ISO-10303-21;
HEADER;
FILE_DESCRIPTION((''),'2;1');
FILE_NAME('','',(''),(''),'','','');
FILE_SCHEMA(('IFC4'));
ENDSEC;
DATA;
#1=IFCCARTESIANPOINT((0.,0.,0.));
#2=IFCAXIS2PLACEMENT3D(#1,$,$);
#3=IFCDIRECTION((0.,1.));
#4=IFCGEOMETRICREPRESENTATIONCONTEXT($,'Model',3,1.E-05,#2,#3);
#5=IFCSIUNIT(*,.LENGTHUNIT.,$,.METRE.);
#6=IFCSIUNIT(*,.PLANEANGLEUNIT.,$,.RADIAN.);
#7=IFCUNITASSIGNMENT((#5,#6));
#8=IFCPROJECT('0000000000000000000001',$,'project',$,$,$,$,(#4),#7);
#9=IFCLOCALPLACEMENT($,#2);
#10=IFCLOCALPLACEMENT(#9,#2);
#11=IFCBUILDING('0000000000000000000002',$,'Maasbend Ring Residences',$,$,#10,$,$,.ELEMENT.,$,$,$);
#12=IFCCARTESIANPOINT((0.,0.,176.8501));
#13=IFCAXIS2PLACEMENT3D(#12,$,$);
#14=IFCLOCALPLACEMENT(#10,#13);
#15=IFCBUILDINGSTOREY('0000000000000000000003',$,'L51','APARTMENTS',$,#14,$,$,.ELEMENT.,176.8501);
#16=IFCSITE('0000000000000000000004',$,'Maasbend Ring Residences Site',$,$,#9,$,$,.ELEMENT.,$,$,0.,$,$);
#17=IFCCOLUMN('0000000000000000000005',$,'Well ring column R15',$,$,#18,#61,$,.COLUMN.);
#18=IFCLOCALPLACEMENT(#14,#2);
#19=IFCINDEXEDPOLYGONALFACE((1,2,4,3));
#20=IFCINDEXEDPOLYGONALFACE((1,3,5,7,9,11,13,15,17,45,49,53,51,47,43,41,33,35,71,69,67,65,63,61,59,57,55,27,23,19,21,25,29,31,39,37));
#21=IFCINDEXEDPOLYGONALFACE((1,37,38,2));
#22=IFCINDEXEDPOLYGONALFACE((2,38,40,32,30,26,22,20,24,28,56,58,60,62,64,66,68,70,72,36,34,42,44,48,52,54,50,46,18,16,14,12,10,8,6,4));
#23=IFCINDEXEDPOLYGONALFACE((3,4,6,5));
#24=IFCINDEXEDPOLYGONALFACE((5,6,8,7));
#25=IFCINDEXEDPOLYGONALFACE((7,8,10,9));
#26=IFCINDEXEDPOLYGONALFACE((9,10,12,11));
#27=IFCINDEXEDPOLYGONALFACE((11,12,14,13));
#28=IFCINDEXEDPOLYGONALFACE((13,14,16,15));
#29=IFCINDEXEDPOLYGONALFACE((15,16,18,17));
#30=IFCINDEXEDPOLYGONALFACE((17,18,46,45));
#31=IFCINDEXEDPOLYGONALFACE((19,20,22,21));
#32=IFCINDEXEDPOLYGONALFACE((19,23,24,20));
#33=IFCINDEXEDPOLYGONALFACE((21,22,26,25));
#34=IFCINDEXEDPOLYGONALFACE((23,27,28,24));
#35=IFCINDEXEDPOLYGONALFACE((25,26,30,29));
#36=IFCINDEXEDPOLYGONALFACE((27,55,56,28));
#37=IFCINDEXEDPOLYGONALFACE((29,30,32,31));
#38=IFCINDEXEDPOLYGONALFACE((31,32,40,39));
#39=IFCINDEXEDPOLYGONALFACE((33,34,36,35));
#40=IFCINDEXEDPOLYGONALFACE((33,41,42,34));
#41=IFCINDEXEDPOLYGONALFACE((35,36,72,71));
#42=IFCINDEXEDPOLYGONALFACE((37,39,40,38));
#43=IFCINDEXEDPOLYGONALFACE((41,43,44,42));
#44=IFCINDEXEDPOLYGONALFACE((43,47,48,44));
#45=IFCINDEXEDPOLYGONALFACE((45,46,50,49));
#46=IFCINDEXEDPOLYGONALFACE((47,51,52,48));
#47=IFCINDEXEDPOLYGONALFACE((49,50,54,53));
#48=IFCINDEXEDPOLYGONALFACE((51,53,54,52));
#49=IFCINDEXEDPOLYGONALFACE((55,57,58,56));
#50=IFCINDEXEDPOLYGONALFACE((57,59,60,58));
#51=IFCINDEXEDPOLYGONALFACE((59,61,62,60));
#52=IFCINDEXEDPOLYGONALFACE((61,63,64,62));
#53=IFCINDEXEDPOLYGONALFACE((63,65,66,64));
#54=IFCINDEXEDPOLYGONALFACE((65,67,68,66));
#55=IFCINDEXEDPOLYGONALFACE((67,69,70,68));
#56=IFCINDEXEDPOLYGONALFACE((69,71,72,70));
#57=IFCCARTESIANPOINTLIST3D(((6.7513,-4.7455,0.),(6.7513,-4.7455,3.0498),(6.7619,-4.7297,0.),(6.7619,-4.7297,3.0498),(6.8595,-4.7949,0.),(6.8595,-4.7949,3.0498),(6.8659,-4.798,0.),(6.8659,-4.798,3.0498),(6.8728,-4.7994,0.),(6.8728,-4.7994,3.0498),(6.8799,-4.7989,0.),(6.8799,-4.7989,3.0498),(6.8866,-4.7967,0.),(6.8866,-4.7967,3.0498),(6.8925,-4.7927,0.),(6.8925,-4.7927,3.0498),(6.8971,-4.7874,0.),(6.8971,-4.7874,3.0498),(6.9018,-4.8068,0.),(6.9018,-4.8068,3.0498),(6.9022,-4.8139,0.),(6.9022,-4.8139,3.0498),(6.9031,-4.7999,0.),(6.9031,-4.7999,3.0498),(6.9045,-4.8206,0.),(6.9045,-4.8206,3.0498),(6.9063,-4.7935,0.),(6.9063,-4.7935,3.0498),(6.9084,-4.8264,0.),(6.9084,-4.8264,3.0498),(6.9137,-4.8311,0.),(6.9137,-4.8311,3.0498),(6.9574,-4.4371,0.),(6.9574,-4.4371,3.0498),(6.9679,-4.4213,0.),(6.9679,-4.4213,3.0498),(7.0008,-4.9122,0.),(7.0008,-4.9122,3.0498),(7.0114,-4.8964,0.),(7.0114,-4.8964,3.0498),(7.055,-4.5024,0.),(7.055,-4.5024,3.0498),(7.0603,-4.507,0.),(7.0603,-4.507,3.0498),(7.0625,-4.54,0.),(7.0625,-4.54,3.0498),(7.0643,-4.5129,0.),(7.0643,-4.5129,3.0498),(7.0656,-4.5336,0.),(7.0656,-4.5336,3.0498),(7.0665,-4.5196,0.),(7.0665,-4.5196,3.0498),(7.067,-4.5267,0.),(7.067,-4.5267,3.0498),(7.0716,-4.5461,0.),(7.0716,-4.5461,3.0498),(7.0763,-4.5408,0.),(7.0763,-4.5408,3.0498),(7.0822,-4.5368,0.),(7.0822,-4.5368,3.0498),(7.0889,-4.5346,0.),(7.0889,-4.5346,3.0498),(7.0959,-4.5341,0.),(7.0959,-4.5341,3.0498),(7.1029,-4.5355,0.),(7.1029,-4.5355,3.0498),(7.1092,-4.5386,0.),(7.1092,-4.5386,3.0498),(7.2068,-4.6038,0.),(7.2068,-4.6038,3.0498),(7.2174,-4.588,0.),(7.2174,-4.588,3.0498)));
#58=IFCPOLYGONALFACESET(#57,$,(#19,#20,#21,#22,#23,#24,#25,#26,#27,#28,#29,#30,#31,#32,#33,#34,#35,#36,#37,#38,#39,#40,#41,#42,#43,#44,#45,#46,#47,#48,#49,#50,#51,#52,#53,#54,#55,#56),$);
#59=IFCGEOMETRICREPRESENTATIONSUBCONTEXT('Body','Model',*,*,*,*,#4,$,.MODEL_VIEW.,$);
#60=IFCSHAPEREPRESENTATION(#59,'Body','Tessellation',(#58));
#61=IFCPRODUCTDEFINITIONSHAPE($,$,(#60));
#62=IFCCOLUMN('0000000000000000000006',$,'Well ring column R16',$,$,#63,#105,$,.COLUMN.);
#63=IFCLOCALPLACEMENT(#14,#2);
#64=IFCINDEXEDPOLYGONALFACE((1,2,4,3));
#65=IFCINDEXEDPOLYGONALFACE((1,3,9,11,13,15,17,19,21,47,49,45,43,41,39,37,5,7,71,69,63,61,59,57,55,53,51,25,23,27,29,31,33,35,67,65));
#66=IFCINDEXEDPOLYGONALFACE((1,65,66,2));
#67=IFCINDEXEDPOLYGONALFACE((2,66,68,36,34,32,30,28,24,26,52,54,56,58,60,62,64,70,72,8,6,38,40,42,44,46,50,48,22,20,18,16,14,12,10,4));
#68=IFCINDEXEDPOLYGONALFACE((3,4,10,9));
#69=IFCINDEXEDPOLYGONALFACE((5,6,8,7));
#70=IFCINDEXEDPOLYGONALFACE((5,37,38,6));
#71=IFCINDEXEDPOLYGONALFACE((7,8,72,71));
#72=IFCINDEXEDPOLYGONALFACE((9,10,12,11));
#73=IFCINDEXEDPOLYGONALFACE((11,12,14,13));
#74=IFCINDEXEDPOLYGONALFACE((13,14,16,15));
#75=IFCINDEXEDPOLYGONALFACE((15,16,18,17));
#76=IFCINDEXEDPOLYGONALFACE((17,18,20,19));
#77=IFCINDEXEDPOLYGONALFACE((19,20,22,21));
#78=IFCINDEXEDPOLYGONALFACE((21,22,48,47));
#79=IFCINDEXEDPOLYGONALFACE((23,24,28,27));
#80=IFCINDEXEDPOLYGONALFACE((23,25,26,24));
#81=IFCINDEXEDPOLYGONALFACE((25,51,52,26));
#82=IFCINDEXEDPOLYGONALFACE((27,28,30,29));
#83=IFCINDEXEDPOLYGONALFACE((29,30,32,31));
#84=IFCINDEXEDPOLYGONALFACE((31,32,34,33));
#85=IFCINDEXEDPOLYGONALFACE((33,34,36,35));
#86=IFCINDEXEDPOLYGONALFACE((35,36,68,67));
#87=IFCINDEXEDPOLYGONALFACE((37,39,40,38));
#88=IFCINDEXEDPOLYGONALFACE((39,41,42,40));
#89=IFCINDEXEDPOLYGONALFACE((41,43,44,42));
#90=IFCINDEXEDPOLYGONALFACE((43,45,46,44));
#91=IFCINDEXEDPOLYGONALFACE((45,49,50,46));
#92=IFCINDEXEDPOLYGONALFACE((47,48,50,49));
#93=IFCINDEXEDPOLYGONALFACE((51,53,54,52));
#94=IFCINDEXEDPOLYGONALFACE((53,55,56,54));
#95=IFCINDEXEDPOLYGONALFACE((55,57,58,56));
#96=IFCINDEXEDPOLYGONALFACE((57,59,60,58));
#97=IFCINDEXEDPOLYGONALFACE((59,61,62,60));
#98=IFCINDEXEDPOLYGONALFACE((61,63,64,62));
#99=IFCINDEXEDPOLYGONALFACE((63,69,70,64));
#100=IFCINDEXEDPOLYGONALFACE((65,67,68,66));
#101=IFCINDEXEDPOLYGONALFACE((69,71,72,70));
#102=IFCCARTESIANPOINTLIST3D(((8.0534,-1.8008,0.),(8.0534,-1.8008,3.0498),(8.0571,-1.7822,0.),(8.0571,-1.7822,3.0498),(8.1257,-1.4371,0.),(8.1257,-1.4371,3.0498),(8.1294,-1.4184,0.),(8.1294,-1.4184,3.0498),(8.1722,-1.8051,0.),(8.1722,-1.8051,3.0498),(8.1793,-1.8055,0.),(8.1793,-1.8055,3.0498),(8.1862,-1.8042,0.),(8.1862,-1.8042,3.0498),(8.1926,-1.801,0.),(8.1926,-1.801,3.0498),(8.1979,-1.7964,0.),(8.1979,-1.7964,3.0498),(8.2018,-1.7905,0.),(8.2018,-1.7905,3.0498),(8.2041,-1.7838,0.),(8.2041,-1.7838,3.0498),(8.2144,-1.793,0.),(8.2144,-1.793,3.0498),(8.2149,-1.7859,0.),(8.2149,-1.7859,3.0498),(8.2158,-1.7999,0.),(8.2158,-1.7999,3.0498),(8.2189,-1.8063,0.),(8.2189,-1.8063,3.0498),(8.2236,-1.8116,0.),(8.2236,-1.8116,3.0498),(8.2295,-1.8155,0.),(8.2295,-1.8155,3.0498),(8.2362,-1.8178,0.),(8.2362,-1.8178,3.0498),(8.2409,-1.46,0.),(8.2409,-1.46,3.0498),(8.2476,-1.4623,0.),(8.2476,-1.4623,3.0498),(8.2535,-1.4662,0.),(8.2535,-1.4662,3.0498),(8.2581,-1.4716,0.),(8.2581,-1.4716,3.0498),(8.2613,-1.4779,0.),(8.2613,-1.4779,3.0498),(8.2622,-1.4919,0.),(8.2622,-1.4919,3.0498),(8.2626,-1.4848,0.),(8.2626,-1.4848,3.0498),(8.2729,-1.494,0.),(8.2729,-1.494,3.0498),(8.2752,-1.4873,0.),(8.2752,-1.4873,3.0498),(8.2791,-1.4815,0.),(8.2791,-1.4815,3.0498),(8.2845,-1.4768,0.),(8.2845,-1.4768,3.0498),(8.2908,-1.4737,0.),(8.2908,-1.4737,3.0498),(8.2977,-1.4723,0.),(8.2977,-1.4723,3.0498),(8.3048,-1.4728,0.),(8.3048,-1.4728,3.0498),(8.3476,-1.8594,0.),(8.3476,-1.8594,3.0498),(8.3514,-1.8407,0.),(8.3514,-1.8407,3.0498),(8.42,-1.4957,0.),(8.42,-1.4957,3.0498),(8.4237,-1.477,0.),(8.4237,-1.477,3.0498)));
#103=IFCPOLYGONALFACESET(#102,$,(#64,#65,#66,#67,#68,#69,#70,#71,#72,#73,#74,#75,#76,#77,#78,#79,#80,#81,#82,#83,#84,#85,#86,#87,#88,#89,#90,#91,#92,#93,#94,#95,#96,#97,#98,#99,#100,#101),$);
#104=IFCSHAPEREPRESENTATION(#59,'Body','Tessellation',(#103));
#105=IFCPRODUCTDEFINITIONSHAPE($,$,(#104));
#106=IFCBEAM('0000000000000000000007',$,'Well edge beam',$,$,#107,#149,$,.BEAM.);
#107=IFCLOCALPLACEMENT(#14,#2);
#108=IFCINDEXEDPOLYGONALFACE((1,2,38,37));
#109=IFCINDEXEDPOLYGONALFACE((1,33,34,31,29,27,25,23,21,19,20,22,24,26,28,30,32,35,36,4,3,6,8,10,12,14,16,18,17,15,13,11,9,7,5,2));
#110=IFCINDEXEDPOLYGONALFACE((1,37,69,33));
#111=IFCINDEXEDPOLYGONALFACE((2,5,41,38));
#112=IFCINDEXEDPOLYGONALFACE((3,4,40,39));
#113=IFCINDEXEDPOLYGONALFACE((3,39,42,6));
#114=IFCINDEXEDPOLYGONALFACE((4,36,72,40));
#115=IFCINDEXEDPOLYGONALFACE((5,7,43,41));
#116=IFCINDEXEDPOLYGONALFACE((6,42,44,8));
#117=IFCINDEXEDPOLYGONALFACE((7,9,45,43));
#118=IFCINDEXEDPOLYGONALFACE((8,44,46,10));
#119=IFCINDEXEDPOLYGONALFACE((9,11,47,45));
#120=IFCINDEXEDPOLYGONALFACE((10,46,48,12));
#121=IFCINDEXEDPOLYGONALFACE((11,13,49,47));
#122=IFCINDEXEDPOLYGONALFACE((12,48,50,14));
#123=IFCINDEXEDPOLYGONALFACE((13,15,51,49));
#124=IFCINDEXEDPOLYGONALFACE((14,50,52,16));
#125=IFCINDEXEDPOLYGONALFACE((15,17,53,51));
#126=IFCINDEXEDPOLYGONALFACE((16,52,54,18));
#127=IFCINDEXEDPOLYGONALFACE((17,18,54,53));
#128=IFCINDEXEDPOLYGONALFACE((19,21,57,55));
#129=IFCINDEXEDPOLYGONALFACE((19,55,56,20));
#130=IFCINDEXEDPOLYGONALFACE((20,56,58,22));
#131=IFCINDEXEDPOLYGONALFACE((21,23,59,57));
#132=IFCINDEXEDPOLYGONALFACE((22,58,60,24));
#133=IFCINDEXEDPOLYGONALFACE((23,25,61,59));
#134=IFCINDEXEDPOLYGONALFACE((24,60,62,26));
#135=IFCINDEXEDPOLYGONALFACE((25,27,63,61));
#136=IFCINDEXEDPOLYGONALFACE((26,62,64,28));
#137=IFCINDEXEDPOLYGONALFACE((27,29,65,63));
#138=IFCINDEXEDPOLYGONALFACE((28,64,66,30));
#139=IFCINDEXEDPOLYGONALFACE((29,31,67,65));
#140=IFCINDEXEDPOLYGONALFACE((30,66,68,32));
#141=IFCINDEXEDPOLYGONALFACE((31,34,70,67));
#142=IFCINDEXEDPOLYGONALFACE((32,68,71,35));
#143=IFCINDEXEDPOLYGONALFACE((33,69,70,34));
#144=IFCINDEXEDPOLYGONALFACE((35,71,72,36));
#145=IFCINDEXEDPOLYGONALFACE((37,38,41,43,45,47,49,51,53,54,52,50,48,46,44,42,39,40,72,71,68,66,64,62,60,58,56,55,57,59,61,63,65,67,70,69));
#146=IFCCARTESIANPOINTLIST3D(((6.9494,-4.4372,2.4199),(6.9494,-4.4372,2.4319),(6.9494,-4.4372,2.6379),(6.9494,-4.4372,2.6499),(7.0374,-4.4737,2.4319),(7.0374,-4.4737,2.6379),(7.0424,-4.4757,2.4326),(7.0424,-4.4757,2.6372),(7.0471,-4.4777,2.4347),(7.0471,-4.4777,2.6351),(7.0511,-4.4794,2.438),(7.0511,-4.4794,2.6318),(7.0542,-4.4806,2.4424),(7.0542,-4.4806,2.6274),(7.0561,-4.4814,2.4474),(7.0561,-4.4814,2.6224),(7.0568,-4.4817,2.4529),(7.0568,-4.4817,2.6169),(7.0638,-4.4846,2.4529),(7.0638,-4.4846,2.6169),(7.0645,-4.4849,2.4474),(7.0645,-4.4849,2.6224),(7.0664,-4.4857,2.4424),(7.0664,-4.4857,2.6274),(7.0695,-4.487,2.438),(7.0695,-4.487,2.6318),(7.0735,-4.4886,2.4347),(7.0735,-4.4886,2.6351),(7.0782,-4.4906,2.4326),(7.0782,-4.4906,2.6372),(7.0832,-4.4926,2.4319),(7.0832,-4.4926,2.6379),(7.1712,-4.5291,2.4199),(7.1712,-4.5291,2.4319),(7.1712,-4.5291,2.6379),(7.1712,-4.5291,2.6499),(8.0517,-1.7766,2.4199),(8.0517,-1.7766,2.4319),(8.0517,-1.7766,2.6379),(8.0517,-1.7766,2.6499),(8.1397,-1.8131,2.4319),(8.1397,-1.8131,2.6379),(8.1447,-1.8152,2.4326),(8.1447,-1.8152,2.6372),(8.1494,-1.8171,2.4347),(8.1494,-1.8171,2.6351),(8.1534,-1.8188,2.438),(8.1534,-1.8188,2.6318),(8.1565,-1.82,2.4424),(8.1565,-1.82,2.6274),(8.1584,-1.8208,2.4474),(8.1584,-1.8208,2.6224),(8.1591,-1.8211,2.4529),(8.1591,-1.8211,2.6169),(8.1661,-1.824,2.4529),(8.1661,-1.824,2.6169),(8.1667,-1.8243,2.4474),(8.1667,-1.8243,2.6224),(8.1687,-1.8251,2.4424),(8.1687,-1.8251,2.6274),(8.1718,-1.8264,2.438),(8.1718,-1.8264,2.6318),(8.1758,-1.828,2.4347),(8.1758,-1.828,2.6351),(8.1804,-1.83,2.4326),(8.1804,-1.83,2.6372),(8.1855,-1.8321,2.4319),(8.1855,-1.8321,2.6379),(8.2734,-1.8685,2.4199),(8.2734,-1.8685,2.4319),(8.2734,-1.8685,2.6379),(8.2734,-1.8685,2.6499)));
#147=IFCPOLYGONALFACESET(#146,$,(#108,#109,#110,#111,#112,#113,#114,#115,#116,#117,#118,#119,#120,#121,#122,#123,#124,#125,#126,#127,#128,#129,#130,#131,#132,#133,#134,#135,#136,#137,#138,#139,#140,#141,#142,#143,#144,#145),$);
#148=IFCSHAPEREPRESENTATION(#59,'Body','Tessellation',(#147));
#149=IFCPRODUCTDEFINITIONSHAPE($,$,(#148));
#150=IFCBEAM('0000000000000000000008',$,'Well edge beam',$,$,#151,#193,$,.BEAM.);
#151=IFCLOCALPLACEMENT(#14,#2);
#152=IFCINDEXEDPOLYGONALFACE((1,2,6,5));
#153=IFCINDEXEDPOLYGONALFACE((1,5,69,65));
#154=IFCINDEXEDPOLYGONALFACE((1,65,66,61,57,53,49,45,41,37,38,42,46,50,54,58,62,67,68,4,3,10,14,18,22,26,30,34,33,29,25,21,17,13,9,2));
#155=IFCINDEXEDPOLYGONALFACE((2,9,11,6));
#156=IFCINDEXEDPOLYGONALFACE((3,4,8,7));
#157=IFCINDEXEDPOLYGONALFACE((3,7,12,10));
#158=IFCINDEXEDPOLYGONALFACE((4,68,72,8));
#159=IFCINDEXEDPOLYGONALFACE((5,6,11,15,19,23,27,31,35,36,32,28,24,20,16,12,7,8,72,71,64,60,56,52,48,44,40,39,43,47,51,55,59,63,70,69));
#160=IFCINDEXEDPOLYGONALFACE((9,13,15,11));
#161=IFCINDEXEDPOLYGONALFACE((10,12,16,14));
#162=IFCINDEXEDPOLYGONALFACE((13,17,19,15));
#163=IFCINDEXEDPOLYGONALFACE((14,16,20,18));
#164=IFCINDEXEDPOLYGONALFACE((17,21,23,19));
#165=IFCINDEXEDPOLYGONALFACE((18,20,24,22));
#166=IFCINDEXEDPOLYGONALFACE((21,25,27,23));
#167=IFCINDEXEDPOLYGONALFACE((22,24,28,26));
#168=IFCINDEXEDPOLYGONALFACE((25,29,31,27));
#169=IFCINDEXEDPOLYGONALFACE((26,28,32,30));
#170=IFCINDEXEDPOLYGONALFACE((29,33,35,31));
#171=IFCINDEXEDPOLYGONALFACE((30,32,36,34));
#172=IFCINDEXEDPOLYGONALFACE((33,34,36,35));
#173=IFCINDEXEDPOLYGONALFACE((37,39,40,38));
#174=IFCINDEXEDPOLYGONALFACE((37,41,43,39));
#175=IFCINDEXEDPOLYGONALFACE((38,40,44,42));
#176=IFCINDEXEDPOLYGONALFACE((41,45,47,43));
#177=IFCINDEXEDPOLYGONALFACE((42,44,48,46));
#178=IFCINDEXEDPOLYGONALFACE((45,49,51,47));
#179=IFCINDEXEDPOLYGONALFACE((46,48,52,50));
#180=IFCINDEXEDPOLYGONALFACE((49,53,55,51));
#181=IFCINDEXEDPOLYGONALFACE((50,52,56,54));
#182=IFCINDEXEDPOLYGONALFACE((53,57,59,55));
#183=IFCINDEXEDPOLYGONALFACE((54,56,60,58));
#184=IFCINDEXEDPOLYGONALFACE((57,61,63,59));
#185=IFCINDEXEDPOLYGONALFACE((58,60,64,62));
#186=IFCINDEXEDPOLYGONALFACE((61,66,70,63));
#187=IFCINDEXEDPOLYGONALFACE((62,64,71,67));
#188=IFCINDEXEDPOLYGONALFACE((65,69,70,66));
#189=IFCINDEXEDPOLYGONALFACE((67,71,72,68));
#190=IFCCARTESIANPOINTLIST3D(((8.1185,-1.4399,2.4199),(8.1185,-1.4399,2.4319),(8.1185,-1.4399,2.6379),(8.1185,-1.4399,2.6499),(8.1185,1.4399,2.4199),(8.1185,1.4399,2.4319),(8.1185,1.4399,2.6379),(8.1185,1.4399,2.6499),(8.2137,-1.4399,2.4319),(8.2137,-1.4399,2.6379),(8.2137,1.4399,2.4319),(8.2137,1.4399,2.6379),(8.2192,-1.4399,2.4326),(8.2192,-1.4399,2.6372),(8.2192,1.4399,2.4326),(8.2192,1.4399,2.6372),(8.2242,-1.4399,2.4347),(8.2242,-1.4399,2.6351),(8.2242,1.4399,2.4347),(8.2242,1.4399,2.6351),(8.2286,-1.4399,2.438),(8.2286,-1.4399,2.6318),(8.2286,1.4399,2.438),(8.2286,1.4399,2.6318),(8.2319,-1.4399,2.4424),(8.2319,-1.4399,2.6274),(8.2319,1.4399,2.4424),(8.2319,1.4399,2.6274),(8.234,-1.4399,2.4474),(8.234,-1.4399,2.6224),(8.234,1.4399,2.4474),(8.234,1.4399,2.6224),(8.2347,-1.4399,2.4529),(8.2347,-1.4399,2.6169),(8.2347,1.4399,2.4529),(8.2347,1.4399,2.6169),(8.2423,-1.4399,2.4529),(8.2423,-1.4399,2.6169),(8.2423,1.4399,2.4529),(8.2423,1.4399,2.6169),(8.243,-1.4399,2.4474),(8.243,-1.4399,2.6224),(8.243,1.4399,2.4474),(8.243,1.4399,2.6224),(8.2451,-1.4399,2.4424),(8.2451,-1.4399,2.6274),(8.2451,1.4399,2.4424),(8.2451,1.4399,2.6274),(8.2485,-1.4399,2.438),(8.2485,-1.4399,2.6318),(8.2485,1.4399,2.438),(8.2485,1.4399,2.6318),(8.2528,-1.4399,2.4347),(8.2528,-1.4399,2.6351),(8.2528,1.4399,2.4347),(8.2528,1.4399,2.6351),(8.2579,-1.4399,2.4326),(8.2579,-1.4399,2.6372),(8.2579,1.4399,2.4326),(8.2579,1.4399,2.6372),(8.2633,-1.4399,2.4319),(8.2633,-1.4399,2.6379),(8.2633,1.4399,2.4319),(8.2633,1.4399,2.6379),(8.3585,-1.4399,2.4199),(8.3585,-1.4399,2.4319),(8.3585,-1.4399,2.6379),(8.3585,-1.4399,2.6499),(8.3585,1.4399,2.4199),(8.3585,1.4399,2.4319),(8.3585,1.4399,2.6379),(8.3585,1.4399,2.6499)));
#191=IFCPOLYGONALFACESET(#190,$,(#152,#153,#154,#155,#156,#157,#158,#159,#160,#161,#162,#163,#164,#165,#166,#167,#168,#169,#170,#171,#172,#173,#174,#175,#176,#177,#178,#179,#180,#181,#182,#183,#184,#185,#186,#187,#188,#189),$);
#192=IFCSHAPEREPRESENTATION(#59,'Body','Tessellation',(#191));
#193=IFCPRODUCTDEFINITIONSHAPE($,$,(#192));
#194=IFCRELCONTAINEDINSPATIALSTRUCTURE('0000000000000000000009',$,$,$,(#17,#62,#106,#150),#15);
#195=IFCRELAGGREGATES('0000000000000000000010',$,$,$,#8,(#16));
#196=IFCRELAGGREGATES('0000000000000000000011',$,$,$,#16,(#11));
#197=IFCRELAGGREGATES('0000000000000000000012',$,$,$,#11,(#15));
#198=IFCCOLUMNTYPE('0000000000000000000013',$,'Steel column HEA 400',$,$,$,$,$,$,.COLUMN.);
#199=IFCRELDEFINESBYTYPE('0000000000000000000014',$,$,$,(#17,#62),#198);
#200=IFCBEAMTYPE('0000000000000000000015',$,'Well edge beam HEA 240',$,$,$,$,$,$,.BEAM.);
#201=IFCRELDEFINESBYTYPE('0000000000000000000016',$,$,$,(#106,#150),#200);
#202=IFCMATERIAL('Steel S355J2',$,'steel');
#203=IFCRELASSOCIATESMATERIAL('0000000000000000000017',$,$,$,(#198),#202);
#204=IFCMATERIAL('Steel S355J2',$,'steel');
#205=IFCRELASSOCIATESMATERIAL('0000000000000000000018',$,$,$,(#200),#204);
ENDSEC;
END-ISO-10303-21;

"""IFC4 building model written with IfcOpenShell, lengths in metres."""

from ifc_helpers import new_model, si_unit, direction, frame, origin, origin_2d, place, context, subcontext, project, spatial, i_section, extrude, material, material_profile, profile_set, type_object, element, save


model = new_model("IFC4")

# Units and contexts
model_context = context("Model", 3, precision=1e-05, world=origin(), true_north=direction((0.0, 1.0)))
body_context = subcontext(model_context, "Body", "Model", "MODEL_VIEW")
ifc_project = project(units=[si_unit("LENGTHUNIT", "METRE"), si_unit("PLANEANGLEUNIT", "RADIAN")], contexts=[model_context])

# Site, building, storey
site_placement = place(None, origin())
site = spatial("IfcSite", under=ifc_project, at=site_placement, Name="Maasbend Ring Residences Site", CompositionType="ELEMENT", RefElevation=0.0)
building_placement = place(site_placement, origin())
building = spatial("IfcBuilding", under=site, at=building_placement, Name="Maasbend Ring Residences", CompositionType="ELEMENT")
storey_placement = place(building_placement, frame((0.0, 0.0, 176.8501)))
storey = spatial("IfcBuildingStorey", under=building, at=storey_placement, Name="L51", Description="APARTMENTS", CompositionType="ELEMENT", Elevation=176.8501)

# Columns
ifc_material_1 = material(Name="Steel S355J2", Category="steel")
ifc_material_profile_1 = material_profile(ifc_material_1, i_section(OverallWidth=0.3, OverallDepth=0.3899, WebThickness=0.011, FlangeThickness=0.019, FilletRadius=0.0271, at=origin_2d()), Name="HEA 400")
ifc_profile_set_1 = profile_set([ifc_material_profile_1], Name="Steel S355J2")
column_type = type_object("IfcColumnType", Name="Steel column HEA 400", PredefinedType="COLUMN", material=ifc_profile_set_1)
for number, where, z_axis, x_axis, name in (
    (1, (6.9844, -4.6667, 0.0), (0.0, 0.0, 1.0), (0.83147, -0.55557, 0.0), "Well ring column R15"),
    (2, (8.2385, -1.6389, 0.0), (0.0, 0.0, 1.0), (0.980785, -0.19509, 0.0), "Well ring column R16"),
):
    element("IfcColumn", number, at=place(storey_placement, frame(where, z_axis=z_axis, x_axis=x_axis)), inside=storey, type_object=column_type, Name=name, PredefinedType="COLUMN", context=body_context, shape_type="SweptSolid", body=[
        extrude(i_section(OverallWidth=0.3, OverallDepth=0.3899, WebThickness=0.011, FlangeThickness=0.019, FilletRadius=0.0271, at=origin_2d()), origin(), (0.0, 0.0, 1.0), 3.0498),
    ])

# Beams
ifc_material_2 = material(Name="Steel S355J2", Category="steel")
ifc_material_profile_2 = material_profile(ifc_material_2, i_section(OverallWidth=0.24, OverallDepth=0.23, WebThickness=0.0076, FlangeThickness=0.012, FilletRadius=0.021, at=origin_2d()), Name="HEA 240")
ifc_profile_set_2 = profile_set([ifc_material_profile_2], Name="Steel S355J2")
beam_type = type_object("IfcBeamType", Name="Well edge beam HEA 240", PredefinedType="BEAM", material=ifc_profile_set_2)
for number, where, z_axis, x_axis, name in (
    (3, (7.0603, -4.4832, 2.5349), (0.382749, 0.923853, 0.0), (-0.923853, 0.382749, 0.0), "Well edge beam"),
    (4, (8.2385, -1.4399, 2.5349), (0.0, 1.0, 0.0), (-1.0, 0.0, 0.0), "Well edge beam"),
):
    element("IfcBeam", number, at=place(storey_placement, frame(where, z_axis=z_axis, x_axis=x_axis)), inside=storey, type_object=beam_type, Name=name, PredefinedType="BEAM", context=body_context, shape_type="SweptSolid", body=[
        extrude(i_section(OverallWidth=0.24, OverallDepth=0.23, WebThickness=0.0076, FlangeThickness=0.012, FilletRadius=0.021, at=origin_2d()), origin(), (0.0, 0.0, 1.0), 2.8799),
    ])

save(model, "model.ifc")
